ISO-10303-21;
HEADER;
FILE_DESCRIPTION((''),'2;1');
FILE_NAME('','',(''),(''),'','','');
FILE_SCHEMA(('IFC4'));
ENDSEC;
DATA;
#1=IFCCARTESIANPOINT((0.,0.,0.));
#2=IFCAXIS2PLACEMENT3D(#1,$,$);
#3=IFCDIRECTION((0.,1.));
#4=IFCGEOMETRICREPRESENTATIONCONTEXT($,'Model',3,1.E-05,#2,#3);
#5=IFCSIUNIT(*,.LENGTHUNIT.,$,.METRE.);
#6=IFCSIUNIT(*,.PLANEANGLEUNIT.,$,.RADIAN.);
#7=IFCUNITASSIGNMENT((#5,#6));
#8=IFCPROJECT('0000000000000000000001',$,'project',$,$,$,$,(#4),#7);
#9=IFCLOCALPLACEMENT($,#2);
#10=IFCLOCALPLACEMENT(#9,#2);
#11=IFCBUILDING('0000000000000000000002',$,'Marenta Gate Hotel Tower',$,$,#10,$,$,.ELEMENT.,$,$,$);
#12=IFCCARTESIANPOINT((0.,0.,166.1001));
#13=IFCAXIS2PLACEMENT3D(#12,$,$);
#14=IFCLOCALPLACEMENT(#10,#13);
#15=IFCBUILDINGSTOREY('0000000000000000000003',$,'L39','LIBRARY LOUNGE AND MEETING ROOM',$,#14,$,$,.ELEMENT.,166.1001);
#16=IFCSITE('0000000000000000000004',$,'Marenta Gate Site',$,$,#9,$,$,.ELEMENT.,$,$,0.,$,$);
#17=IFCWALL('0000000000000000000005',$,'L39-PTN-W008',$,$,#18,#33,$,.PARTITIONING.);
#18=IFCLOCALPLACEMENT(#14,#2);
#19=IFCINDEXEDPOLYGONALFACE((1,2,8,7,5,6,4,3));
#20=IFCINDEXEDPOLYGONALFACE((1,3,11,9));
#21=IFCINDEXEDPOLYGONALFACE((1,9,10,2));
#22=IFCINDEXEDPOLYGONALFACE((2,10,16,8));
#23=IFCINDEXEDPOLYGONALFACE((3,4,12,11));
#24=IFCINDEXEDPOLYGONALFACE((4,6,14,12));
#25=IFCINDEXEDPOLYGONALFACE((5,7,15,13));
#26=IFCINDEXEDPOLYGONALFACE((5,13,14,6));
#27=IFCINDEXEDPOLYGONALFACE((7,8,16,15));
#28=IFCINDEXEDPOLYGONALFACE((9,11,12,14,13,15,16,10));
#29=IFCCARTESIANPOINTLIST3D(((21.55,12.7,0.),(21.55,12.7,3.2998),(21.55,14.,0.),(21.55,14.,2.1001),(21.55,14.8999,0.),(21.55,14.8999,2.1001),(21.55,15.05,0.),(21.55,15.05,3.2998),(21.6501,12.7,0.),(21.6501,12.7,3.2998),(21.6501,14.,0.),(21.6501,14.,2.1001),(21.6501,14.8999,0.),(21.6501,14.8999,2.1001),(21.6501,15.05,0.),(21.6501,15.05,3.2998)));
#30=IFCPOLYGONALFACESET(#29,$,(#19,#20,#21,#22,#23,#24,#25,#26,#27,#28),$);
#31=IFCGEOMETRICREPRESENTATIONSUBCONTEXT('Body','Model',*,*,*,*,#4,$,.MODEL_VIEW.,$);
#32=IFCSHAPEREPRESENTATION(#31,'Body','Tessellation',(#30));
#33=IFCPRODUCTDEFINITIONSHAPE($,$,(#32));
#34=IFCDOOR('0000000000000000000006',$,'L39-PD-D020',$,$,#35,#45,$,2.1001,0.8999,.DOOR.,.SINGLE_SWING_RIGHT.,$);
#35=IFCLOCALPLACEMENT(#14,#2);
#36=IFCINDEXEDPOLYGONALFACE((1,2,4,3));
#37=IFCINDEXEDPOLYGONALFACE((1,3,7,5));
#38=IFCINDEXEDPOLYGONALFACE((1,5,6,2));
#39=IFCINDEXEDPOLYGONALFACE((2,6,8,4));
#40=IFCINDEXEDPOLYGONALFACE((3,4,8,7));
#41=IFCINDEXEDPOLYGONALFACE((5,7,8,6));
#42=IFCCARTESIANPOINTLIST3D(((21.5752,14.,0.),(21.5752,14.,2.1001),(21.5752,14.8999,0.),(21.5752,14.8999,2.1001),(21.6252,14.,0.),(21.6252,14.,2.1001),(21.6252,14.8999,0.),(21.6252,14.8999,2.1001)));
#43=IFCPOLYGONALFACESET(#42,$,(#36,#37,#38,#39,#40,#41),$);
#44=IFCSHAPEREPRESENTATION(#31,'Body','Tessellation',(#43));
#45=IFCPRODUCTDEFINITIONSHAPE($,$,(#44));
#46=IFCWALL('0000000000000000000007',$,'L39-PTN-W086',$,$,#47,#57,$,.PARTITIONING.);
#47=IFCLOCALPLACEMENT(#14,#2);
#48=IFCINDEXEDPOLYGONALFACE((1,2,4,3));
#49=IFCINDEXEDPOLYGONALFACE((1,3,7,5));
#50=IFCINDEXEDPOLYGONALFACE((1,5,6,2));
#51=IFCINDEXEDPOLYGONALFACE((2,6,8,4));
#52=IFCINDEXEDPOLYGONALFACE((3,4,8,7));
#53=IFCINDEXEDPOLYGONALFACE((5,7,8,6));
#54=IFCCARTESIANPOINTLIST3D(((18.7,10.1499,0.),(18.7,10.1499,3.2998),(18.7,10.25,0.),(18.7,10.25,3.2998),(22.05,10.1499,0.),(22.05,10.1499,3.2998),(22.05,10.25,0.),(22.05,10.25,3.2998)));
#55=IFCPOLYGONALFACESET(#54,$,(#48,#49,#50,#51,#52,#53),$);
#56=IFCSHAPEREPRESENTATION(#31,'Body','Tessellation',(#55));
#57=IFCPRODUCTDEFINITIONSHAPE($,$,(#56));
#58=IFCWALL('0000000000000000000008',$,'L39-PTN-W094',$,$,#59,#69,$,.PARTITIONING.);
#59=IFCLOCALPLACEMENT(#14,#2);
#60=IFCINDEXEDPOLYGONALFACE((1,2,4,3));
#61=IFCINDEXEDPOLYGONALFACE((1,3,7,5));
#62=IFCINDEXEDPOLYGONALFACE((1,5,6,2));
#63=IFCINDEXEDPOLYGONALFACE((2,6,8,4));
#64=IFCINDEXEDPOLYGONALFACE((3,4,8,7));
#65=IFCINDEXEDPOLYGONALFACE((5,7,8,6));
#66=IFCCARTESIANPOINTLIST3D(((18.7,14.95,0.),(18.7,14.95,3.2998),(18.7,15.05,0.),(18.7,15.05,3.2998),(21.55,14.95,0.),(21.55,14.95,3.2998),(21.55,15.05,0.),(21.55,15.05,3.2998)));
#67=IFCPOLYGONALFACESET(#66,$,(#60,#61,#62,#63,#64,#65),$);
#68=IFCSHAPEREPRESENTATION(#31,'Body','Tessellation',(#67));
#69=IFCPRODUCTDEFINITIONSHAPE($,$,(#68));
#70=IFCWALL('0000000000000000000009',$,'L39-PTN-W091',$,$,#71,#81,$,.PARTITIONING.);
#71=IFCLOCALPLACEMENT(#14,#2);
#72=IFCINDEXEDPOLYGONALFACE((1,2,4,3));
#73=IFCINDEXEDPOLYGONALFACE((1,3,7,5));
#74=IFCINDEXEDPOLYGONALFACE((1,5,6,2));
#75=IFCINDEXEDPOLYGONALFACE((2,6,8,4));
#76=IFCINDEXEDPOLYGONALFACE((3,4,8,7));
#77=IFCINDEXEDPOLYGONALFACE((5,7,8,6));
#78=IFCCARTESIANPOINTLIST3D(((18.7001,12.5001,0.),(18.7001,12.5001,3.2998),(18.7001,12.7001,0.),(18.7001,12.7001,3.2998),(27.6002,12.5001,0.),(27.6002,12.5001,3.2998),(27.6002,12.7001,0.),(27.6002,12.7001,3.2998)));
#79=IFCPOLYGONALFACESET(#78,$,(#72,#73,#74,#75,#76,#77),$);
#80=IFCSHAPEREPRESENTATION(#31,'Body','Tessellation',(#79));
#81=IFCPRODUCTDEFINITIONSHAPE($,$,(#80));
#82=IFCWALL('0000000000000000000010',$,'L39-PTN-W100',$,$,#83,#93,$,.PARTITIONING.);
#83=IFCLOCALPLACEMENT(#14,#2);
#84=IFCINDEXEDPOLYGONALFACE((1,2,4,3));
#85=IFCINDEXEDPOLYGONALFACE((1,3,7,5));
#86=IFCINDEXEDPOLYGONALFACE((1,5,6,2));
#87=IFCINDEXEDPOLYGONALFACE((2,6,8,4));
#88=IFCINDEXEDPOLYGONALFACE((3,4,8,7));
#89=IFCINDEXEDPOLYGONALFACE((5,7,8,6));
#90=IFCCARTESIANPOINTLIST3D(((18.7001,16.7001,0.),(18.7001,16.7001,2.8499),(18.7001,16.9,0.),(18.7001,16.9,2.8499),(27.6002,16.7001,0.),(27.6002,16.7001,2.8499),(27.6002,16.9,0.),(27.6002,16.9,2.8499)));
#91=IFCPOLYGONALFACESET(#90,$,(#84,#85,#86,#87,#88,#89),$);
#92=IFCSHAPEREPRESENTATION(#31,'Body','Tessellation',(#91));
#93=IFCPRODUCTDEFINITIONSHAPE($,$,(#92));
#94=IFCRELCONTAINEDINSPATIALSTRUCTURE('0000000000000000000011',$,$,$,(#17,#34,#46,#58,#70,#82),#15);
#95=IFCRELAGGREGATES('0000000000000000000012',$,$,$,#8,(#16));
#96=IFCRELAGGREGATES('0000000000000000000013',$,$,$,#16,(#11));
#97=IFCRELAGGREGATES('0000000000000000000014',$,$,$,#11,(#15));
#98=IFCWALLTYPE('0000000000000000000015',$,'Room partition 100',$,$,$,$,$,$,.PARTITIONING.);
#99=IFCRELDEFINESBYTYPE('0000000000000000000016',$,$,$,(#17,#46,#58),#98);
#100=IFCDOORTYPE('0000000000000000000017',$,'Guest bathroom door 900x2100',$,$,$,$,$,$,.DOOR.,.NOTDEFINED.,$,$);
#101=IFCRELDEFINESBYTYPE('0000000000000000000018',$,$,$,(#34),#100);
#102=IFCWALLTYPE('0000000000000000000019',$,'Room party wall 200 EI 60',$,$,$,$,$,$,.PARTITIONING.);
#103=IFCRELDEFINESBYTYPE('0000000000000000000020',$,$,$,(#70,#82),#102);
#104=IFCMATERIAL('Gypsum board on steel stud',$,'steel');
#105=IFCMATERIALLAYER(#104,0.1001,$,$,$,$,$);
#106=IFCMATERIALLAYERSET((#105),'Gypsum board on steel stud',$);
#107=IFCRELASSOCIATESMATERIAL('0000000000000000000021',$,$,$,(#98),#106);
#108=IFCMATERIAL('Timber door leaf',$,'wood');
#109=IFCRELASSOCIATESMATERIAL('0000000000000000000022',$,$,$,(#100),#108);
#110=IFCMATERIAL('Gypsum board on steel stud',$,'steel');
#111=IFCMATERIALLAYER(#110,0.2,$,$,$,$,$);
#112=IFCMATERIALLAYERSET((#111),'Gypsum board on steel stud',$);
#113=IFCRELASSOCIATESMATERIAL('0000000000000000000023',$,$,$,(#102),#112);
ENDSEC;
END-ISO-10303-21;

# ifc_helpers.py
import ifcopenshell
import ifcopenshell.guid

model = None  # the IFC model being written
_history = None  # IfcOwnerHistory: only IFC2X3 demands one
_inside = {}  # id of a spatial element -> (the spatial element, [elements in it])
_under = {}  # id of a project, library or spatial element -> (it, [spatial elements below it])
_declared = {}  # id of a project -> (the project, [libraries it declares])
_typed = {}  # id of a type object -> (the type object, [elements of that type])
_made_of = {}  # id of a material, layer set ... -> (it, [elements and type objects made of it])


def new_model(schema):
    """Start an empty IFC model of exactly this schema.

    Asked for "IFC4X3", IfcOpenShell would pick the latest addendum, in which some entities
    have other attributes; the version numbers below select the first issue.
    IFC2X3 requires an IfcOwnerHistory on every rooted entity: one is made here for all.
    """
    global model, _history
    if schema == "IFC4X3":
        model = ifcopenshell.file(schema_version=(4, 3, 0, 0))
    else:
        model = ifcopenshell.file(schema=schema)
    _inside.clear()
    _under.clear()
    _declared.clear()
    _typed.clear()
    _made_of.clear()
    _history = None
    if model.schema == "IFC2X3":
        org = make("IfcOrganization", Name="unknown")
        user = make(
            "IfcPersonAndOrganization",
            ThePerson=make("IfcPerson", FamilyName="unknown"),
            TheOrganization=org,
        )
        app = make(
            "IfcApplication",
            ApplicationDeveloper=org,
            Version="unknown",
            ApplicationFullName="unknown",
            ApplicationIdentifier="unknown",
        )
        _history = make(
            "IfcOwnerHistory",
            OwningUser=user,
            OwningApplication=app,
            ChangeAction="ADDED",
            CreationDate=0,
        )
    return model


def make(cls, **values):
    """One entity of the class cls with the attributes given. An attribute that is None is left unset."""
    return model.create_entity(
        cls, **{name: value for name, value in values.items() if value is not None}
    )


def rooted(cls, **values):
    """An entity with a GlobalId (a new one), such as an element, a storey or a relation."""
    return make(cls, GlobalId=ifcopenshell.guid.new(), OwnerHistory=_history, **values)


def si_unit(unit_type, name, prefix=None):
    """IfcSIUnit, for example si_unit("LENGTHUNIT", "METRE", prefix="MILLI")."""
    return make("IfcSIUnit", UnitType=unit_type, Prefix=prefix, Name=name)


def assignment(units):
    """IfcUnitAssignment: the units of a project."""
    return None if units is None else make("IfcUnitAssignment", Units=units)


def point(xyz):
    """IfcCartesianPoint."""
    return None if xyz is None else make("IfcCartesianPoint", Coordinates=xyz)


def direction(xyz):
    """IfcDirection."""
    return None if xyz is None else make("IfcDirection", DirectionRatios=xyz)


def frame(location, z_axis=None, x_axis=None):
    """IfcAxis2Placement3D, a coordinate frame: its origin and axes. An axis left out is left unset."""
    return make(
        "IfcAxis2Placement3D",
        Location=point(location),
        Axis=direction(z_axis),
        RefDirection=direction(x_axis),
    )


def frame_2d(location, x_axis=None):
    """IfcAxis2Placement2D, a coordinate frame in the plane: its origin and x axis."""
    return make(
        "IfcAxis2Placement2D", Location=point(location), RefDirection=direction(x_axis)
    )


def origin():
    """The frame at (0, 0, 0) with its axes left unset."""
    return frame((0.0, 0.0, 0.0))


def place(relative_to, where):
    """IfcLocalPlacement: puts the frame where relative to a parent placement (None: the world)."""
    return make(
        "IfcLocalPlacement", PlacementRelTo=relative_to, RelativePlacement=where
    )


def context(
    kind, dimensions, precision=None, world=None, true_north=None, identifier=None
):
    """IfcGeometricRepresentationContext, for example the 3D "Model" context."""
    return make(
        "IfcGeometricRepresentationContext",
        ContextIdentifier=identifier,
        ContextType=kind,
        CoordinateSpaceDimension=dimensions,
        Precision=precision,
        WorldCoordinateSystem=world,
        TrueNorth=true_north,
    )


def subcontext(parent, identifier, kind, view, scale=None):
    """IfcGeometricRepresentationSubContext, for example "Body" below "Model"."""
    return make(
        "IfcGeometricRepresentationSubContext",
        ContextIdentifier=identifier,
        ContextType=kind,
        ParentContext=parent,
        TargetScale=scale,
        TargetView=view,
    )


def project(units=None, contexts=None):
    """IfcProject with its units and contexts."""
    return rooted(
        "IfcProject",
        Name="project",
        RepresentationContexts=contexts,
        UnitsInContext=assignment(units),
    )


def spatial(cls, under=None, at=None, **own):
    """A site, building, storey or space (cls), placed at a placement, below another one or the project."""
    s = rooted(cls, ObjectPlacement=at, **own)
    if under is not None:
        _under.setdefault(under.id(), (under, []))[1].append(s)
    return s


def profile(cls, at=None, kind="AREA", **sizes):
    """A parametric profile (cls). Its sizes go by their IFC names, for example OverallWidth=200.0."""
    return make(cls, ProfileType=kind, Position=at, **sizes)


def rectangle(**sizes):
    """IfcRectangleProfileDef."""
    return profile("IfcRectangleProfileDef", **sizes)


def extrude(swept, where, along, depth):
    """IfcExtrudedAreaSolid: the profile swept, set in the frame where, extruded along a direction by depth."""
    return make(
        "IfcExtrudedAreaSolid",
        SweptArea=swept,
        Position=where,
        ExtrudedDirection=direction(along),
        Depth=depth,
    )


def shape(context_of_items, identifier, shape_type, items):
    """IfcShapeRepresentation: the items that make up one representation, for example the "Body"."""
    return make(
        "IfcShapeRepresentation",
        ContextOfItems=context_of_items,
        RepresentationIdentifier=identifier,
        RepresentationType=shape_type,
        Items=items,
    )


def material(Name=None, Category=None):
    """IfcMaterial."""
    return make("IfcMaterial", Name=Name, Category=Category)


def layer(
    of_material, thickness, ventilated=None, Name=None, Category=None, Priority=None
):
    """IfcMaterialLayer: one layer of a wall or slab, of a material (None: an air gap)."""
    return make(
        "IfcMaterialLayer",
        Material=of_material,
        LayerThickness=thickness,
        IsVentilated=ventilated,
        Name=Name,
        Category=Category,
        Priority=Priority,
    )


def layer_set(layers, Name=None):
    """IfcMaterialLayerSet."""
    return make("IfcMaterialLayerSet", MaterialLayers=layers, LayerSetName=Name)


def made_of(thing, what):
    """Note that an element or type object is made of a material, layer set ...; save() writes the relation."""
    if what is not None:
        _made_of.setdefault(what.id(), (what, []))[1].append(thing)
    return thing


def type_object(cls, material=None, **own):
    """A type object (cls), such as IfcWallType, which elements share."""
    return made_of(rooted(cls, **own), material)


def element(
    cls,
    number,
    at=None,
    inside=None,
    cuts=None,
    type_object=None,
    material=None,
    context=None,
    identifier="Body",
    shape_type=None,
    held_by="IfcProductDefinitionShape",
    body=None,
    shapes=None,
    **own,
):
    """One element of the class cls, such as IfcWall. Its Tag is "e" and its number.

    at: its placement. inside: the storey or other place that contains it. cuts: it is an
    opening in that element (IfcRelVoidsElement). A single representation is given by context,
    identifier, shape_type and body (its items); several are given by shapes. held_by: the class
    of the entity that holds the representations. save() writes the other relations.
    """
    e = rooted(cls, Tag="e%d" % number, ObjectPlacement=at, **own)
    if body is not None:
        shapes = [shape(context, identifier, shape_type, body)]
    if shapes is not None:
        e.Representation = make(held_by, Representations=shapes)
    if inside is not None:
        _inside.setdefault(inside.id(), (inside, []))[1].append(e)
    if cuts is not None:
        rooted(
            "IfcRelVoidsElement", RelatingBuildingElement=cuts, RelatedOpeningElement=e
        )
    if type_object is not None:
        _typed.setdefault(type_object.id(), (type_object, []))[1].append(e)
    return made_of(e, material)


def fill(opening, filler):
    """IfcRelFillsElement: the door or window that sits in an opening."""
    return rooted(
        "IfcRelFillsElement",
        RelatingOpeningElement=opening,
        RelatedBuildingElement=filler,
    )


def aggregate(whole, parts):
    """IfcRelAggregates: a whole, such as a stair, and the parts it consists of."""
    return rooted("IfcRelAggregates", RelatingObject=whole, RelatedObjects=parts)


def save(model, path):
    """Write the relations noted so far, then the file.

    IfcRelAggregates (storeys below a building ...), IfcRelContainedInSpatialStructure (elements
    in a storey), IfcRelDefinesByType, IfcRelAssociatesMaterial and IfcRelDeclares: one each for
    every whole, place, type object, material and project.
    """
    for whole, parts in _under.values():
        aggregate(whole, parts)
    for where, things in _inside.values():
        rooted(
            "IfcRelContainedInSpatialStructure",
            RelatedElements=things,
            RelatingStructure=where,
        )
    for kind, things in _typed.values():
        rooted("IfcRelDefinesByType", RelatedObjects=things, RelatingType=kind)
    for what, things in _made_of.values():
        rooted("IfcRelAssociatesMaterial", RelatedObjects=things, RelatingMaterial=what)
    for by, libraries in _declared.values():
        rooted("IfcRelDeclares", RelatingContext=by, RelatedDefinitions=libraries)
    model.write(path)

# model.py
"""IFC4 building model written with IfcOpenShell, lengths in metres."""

from ifc_helpers import new_model, si_unit, direction, frame, frame_2d, origin, place, context, subcontext, project, spatial, rectangle, extrude, material, layer, layer_set, type_object, element, fill, save


model = new_model("IFC4")

# Units and contexts
model_context = context("Model", 3, precision=1e-05, world=origin(), true_north=direction((0.0, 1.0)))
body_context = subcontext(model_context, "Body", "Model", "MODEL_VIEW")
ifc_project = project(units=[si_unit("LENGTHUNIT", "METRE"), si_unit("PLANEANGLEUNIT", "RADIAN")], contexts=[model_context])

# Site, building, storey
site_placement = place(None, origin())
site = spatial("IfcSite", under=ifc_project, at=site_placement, Name="Marenta Gate Site", CompositionType="ELEMENT", RefElevation=0.0)
building_placement = place(site_placement, origin())
building = spatial("IfcBuilding", under=site, at=building_placement, Name="Marenta Gate Hotel Tower", CompositionType="ELEMENT")
storey_placement = place(building_placement, frame((0.0, 0.0, 166.1001)))
storey = spatial("IfcBuildingStorey", under=building, at=storey_placement, Name="L39", Description="LIBRARY LOUNGE AND MEETING ROOM", CompositionType="ELEMENT", Elevation=166.1001)

# Wall, opening, door
ifc_material_1 = material(Name="Gypsum board on steel stud", Category="steel")
ifc_layer_1 = layer(ifc_material_1, 0.1001)
ifc_layer_set_1 = layer_set([ifc_layer_1], Name="Gypsum board on steel stud")
wall_type_1 = type_object("IfcWallType", Name="Room partition 100", PredefinedType="PARTITIONING", material=ifc_layer_set_1)
ifc_material_2 = material(Name="Timber door leaf", Category="wood")
door_type = type_object("IfcDoorType", Name="Guest bathroom door 900x2100", OperationType="NOTDEFINED", PredefinedType="DOOR", material=ifc_material_2)
wall_1_placement = place(storey_placement, frame((21.6001, 12.7, 0.0), z_axis=(0.0, 0.0, 1.0), x_axis=(0.0, 1.0, 0.0)))
wall_1 = element("IfcWall", 1, at=wall_1_placement, inside=storey, type_object=wall_type_1, Name="L39-PTN-W008", PredefinedType="PARTITIONING", context=body_context, shape_type="SweptSolid", body=[
    extrude(rectangle(XDim=2.3501, YDim=0.1001, at=frame_2d((1.175, 0.0))), origin(), (0.0, 0.0, 1.0), 3.2998),
])
opening_1_placement = place(wall_1_placement, frame((1.3, 0.0, 0.0)))
opening_1 = element("IfcOpeningElement", 2, at=opening_1_placement, cuts=wall_1, PredefinedType="OPENING", context=body_context, shape_type="SweptSolid", body=[
    extrude(rectangle(XDim=0.8999, YDim=2.1001, at=frame_2d((0.45, 1.05))), frame((0.0, 0.05, 0.0), z_axis=(0.0, -1.0, 0.0), x_axis=(1.0, 0.0, 0.0)), (0.0, 0.0, 1.0), 0.1001),
])
door_1_placement = place(opening_1_placement, origin())
door_1 = element("IfcDoor", 3, at=door_1_placement, inside=storey, type_object=door_type, Name="L39-PD-D020", OperationType="SINGLE_SWING_RIGHT", OverallHeight=2.1001, OverallWidth=0.8999, PredefinedType="DOOR", context=body_context, shape_type="SweptSolid", body=[
    extrude(rectangle(XDim=0.8999, YDim=2.1001, at=frame_2d((0.45, 1.05))), frame((0.0, 0.0249, 0.0), z_axis=(0.0, -1.0, 0.0), x_axis=(1.0, 0.0, 0.0)), (0.0, 0.0, 1.0), 0.05),
])
fill(opening_1, door_1)

# Walls
wall_2_placement = place(storey_placement, frame((18.7, 10.2, 0.0), z_axis=(0.0, 0.0, 1.0), x_axis=(1.0, 0.0, 0.0)))
element("IfcWall", 4, at=wall_2_placement, inside=storey, type_object=wall_type_1, Name="L39-PTN-W086", PredefinedType="PARTITIONING", context=body_context, shape_type="SweptSolid", body=[
    extrude(rectangle(XDim=3.3501, YDim=0.1001, at=frame_2d((1.675, 0.0))), origin(), (0.0, 0.0, 1.0), 3.2998),
])
wall_3_placement = place(storey_placement, frame((18.7, 15.0, 0.0), z_axis=(0.0, 0.0, 1.0), x_axis=(1.0, 0.0, 0.0)))
element("IfcWall", 5, at=wall_3_placement, inside=storey, type_object=wall_type_1, Name="L39-PTN-W094", PredefinedType="PARTITIONING", context=body_context, shape_type="SweptSolid", body=[
    extrude(rectangle(XDim=2.8501, YDim=0.1001, at=frame_2d((1.425, 0.0))), origin(), (0.0, 0.0, 1.0), 3.2998),
])
ifc_material_3 = material(Name="Gypsum board on steel stud", Category="steel")
ifc_layer_2 = layer(ifc_material_3, 0.2)
ifc_layer_set_2 = layer_set([ifc_layer_2], Name="Gypsum board on steel stud")
wall_type_2 = type_object("IfcWallType", Name="Room party wall 200 EI 60", PredefinedType="PARTITIONING", material=ifc_layer_set_2)
wall_4_placement = place(storey_placement, frame((18.7, 12.6001, 0.0), z_axis=(0.0, 0.0, 1.0), x_axis=(1.0, 0.0, 0.0)))
element("IfcWall", 6, at=wall_4_placement, inside=storey, type_object=wall_type_2, Name="L39-PTN-W091", PredefinedType="PARTITIONING", context=body_context, shape_type="SweptSolid", body=[
    extrude(rectangle(XDim=8.9001, YDim=0.2, at=frame_2d((4.4502, 0.0))), origin(), (0.0, 0.0, 1.0), 3.2998),
])
wall_5_placement = place(storey_placement, frame((18.7, 16.8, 0.0), z_axis=(0.0, 0.0, 1.0), x_axis=(1.0, 0.0, 0.0)))
element("IfcWall", 7, at=wall_5_placement, inside=storey, type_object=wall_type_2, Name="L39-PTN-W100", PredefinedType="PARTITIONING", context=body_context, shape_type="SweptSolid", body=[
    extrude(rectangle(XDim=8.9001, YDim=0.2, at=frame_2d((4.4502, 0.0))), origin(), (0.0, 0.0, 1.0), 2.8499),
])

save(model, "model.ifc")
